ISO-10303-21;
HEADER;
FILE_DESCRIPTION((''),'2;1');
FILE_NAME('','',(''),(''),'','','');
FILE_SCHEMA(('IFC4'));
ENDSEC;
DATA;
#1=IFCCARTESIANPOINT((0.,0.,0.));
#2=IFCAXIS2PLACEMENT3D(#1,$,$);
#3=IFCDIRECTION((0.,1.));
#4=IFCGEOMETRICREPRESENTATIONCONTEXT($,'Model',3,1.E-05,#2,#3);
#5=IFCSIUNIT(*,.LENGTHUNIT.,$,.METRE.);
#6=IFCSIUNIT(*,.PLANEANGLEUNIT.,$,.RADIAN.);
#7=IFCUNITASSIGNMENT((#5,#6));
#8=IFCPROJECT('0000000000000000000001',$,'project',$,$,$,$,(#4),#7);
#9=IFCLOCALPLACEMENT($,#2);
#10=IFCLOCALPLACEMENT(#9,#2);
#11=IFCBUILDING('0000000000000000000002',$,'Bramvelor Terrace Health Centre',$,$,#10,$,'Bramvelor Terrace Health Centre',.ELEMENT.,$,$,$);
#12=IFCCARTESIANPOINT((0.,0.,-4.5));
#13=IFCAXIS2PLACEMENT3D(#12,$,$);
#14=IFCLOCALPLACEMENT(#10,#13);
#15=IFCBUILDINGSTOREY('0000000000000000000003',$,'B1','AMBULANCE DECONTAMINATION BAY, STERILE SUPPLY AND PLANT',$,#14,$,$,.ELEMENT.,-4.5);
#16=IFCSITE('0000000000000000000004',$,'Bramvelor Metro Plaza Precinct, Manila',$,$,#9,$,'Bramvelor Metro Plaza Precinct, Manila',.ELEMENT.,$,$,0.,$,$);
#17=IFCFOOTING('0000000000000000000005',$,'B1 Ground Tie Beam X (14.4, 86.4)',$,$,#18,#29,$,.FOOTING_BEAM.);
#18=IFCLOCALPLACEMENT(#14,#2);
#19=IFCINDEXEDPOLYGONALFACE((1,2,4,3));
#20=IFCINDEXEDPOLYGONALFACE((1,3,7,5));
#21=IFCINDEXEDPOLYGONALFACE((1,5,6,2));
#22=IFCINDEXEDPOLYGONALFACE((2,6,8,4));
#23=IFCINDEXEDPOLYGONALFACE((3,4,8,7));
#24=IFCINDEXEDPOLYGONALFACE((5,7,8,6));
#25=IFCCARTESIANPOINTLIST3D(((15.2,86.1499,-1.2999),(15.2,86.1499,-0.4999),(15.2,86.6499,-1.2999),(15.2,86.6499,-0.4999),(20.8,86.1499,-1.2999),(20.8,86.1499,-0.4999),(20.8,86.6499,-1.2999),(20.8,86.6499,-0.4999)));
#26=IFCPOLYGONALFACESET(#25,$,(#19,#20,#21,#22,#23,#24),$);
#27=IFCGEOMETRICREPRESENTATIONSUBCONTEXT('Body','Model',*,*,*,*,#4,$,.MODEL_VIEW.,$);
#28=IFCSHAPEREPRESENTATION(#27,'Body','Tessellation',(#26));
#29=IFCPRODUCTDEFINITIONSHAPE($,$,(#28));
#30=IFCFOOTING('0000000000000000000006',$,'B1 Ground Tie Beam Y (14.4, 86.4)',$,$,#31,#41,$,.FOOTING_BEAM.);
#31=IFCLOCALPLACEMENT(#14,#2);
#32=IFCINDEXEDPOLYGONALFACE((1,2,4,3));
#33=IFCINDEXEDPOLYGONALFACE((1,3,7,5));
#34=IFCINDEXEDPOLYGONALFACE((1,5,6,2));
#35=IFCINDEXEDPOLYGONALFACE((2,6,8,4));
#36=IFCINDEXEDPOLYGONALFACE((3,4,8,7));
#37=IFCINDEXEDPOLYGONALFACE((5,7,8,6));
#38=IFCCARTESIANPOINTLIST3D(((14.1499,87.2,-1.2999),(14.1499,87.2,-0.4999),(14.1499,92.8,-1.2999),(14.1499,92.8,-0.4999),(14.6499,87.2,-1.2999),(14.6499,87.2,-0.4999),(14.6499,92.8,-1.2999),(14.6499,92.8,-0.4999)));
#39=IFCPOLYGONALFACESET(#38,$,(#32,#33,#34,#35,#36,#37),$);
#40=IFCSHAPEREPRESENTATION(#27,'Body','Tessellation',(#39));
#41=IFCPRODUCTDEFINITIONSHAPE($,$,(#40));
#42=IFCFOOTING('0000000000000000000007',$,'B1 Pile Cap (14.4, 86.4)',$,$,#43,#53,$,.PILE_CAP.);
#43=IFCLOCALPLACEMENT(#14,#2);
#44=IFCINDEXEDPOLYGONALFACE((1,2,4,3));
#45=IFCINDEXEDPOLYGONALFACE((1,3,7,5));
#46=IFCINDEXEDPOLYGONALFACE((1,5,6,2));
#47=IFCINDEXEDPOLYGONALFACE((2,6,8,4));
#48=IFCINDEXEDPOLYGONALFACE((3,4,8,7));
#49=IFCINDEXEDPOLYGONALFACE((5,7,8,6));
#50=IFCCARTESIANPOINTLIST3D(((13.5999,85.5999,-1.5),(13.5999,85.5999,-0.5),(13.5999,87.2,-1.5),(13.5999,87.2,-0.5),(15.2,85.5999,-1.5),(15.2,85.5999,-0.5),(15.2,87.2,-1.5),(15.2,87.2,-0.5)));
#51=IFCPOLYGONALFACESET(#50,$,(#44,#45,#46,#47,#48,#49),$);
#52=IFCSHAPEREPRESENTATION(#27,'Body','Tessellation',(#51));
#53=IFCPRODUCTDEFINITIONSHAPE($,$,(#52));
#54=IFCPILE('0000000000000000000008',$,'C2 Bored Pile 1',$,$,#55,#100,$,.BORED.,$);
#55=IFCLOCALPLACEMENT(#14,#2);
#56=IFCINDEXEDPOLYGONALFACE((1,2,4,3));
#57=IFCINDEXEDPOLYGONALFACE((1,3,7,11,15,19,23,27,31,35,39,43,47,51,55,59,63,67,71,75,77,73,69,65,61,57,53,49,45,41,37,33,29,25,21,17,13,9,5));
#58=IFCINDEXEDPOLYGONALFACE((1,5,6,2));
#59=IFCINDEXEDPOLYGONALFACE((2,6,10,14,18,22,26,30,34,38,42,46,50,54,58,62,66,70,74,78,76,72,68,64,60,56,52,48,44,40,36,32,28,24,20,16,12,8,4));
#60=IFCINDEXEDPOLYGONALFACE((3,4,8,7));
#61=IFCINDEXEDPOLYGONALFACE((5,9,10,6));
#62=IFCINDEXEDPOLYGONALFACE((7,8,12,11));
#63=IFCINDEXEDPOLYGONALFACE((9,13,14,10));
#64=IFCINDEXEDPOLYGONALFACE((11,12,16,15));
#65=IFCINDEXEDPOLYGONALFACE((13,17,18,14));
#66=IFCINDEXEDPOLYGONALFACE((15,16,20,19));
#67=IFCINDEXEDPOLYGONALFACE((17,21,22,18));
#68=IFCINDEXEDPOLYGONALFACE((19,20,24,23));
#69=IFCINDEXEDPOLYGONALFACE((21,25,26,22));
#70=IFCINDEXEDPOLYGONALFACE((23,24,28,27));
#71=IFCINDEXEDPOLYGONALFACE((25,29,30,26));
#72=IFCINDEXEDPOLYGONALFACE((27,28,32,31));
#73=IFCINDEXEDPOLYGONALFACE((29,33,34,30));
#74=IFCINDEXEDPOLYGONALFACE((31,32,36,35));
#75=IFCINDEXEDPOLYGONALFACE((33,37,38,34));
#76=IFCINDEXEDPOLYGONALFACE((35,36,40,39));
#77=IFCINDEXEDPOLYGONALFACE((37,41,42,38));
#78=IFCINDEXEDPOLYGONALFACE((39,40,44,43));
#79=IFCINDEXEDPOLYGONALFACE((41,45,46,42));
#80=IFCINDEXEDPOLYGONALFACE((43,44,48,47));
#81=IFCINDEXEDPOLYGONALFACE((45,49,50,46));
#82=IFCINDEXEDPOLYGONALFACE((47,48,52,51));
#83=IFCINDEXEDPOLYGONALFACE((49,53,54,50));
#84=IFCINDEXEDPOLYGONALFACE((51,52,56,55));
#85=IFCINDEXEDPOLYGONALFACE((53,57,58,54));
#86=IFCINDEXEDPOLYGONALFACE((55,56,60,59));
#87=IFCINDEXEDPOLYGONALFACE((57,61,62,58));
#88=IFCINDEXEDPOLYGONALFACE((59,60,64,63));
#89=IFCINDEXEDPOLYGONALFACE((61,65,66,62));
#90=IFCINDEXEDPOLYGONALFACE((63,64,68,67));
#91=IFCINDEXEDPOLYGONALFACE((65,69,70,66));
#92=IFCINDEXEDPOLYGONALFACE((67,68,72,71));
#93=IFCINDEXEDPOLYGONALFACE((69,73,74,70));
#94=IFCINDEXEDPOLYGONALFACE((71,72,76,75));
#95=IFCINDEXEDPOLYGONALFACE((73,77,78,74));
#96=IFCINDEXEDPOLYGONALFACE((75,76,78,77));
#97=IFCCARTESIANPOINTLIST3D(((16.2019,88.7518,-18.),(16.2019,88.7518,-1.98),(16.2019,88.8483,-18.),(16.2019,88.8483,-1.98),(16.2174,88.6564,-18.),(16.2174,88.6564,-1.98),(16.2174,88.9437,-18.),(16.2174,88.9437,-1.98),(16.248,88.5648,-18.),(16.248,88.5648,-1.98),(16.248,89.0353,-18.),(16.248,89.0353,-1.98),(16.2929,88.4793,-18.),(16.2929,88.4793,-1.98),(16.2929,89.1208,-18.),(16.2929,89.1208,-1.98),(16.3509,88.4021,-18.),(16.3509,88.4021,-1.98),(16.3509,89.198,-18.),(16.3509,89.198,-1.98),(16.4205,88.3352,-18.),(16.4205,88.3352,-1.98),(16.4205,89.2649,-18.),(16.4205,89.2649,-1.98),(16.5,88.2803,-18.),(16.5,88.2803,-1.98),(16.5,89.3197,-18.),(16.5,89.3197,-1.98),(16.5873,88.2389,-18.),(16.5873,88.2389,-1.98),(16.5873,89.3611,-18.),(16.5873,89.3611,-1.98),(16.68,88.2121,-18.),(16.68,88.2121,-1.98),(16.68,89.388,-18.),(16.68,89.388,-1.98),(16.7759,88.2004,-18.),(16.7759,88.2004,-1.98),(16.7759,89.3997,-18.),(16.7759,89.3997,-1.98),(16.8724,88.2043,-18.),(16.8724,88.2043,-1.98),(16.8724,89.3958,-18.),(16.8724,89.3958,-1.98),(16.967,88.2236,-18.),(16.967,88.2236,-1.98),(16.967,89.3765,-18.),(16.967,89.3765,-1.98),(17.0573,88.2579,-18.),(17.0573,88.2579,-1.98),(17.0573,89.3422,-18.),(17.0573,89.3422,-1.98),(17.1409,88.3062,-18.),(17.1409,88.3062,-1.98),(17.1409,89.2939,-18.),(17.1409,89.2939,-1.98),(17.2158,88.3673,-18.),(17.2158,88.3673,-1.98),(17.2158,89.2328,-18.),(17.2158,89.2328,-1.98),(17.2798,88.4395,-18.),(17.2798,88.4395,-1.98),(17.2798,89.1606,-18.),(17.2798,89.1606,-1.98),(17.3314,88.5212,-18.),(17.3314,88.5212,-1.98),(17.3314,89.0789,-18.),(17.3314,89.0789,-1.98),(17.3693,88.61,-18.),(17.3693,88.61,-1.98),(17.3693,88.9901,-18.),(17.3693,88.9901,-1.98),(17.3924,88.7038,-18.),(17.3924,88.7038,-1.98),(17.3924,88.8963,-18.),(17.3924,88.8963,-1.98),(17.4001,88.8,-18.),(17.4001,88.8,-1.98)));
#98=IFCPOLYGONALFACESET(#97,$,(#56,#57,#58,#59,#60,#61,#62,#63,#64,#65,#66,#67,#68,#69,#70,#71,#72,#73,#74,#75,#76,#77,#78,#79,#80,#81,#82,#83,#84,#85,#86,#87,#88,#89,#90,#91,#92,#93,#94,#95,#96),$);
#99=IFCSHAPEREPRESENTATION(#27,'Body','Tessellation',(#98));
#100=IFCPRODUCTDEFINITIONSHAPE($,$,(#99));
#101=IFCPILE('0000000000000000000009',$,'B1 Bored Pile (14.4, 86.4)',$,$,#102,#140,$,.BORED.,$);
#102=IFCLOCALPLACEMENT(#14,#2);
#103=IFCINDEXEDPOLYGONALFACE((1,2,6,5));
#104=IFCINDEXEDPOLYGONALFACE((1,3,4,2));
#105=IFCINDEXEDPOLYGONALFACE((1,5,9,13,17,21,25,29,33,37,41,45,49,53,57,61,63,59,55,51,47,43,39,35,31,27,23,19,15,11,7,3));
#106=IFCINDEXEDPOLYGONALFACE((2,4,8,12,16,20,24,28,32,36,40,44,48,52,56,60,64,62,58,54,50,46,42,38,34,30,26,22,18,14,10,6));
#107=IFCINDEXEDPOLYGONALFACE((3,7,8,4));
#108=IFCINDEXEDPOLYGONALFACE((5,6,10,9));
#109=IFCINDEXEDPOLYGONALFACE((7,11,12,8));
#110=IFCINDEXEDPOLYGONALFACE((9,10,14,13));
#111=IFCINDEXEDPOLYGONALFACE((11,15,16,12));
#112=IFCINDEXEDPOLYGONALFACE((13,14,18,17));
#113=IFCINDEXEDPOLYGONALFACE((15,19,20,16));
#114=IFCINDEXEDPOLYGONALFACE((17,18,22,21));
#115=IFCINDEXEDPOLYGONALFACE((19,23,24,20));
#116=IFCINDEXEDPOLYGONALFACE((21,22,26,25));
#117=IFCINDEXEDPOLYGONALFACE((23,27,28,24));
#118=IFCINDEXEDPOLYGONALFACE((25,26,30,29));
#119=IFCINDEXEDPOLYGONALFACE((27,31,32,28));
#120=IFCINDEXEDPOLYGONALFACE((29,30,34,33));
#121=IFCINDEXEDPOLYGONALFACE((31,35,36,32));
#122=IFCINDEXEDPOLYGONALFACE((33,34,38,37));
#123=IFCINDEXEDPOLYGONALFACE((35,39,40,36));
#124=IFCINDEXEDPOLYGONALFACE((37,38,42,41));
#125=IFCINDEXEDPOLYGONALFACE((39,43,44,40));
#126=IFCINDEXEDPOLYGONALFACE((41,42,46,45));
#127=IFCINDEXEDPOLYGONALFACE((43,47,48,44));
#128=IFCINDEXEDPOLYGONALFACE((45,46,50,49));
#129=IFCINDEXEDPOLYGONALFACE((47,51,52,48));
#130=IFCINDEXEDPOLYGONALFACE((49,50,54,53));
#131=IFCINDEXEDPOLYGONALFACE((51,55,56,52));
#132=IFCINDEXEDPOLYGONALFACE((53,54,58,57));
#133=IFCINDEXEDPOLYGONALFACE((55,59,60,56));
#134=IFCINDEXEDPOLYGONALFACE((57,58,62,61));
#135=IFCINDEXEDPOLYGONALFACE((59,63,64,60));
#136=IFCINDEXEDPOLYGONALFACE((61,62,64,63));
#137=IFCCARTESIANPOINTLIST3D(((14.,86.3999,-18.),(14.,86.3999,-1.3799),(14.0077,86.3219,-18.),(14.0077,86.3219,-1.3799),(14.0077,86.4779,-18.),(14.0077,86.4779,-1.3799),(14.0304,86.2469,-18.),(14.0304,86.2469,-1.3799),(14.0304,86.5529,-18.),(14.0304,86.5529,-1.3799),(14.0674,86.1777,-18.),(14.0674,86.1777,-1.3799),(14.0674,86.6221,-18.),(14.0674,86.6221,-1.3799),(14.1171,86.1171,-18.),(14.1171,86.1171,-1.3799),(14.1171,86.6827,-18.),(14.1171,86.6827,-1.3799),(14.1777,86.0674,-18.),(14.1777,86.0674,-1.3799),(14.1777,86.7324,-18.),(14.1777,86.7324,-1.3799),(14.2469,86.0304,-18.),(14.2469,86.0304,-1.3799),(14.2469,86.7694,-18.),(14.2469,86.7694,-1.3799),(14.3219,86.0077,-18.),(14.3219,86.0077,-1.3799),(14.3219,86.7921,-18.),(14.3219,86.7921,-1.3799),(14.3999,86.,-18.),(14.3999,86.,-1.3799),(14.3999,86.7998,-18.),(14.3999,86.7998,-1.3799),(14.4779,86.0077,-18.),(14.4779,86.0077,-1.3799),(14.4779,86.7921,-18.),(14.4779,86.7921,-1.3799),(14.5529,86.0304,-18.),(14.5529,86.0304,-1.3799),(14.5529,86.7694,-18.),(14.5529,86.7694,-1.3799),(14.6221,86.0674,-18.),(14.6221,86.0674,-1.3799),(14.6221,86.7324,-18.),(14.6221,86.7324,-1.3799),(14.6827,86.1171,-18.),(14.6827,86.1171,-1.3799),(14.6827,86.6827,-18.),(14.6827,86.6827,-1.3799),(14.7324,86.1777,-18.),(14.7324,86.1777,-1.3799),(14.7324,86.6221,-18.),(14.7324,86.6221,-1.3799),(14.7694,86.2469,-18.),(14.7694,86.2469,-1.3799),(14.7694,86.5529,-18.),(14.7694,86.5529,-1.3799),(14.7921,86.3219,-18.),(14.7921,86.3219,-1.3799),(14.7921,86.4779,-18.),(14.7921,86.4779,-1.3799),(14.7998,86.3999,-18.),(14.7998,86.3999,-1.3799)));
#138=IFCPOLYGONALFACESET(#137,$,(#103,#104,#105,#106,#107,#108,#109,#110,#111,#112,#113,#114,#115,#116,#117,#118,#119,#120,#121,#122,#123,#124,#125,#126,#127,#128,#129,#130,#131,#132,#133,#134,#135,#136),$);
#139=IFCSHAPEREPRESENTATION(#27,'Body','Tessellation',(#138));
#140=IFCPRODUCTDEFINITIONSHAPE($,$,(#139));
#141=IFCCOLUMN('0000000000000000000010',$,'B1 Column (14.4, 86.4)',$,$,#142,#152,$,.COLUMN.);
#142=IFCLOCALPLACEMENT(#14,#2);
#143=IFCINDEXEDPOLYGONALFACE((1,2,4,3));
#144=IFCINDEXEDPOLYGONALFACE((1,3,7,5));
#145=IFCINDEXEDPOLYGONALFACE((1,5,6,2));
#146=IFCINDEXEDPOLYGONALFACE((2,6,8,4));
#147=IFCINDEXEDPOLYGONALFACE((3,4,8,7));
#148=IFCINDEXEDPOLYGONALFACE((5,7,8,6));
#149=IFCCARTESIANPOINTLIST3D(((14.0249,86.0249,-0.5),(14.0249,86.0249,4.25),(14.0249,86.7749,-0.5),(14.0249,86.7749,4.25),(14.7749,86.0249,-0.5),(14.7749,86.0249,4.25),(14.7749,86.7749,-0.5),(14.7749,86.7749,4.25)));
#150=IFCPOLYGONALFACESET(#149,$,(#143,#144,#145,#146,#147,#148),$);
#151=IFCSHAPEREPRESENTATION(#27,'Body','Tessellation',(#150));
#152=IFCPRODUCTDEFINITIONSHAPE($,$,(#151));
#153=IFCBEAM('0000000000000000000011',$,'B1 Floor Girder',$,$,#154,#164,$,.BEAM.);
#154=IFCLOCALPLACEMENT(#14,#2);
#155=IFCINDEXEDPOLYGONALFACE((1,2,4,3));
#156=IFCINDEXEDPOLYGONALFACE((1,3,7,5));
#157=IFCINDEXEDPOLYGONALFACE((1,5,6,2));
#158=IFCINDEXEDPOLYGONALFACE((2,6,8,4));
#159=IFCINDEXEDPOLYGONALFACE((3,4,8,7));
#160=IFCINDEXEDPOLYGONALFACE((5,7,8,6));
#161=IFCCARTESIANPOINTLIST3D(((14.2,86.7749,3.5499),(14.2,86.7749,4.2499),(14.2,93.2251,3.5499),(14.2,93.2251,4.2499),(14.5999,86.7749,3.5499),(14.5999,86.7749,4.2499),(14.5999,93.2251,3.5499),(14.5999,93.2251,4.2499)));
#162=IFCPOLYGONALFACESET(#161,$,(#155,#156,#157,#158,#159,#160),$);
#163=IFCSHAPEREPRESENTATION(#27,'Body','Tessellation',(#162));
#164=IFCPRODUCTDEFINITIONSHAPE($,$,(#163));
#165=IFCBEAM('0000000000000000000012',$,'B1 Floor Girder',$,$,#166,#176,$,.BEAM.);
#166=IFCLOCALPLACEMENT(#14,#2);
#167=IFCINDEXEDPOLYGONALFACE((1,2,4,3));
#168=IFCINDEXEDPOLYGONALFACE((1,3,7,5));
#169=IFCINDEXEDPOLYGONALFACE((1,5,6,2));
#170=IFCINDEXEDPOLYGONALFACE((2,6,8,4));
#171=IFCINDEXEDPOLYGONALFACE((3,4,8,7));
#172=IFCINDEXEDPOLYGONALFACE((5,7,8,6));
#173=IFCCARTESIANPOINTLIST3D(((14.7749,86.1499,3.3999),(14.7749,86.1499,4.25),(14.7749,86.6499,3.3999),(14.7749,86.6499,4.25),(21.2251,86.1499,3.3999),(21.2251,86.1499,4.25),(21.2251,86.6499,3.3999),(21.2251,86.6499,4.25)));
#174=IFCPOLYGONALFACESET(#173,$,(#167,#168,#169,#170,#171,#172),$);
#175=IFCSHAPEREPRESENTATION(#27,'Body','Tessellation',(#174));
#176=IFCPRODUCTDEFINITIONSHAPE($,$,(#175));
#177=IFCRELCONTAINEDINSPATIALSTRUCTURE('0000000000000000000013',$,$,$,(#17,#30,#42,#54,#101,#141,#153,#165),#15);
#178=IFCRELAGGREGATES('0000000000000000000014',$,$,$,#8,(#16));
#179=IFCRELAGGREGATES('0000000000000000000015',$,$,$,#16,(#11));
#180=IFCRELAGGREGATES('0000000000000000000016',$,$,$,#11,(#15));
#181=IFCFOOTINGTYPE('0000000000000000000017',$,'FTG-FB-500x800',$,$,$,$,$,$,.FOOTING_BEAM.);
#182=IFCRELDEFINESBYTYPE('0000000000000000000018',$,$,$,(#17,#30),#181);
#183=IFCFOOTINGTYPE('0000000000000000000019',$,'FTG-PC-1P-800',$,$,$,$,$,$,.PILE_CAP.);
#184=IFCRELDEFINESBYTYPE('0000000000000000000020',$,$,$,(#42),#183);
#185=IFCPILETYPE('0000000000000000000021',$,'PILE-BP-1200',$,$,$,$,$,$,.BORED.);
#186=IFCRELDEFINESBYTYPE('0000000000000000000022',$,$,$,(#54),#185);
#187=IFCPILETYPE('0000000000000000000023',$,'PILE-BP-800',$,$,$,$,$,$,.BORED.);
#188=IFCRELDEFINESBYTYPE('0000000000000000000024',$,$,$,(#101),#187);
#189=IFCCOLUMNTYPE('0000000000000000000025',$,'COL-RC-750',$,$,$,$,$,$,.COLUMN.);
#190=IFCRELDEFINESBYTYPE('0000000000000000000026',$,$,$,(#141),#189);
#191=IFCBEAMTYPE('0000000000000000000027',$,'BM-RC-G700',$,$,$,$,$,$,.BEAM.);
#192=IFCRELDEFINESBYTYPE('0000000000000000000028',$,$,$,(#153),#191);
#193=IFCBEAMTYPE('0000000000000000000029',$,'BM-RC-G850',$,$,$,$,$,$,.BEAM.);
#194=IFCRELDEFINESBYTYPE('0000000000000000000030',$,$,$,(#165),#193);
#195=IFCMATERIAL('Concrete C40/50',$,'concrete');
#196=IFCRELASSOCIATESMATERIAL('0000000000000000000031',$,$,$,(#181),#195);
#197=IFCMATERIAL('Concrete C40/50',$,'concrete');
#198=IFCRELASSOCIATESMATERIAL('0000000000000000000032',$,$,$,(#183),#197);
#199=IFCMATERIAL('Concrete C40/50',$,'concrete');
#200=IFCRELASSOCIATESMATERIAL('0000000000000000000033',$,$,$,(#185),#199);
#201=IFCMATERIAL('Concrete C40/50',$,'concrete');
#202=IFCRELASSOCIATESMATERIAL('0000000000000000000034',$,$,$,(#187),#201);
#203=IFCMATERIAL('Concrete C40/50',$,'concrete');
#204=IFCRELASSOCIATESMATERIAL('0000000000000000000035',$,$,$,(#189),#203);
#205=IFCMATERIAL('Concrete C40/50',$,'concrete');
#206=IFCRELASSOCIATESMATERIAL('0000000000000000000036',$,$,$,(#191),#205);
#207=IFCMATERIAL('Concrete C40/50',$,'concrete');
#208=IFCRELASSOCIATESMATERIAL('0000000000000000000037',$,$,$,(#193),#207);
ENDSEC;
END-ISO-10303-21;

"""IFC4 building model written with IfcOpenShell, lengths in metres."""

from ifc_helpers import new_model, si_unit, direction, frame, origin, origin_2d, place, context, subcontext, project, spatial, rectangle, circle, extrude, material, material_profile, profile_set, type_object, element, save


model = new_model("IFC4")

# Units and contexts
model_context = context("Model", 3, precision=1e-05, world=origin(), true_north=direction((0.0, 1.0)))
body_context = subcontext(model_context, "Body", "Model", "MODEL_VIEW")
ifc_project = project(units=[si_unit("LENGTHUNIT", "METRE"), si_unit("PLANEANGLEUNIT", "RADIAN")], contexts=[model_context])

# Site, building, storey
site_placement = place(None, origin())
site = spatial("IfcSite", under=ifc_project, at=site_placement, Name="Bramvelor Metro Plaza Precinct, Manila", LongName="Bramvelor Metro Plaza Precinct, Manila", CompositionType="ELEMENT", RefElevation=0.0)
building_placement = place(site_placement, origin())
building = spatial("IfcBuilding", under=site, at=building_placement, Name="Bramvelor Terrace Health Centre", LongName="Bramvelor Terrace Health Centre", CompositionType="ELEMENT")
storey_placement = place(building_placement, frame((0.0, 0.0, -4.5)))
storey = spatial("IfcBuildingStorey", under=building, at=storey_placement, Name="B1", Description="AMBULANCE DECONTAMINATION BAY, STERILE SUPPLY AND PLANT", CompositionType="ELEMENT", Elevation=-4.5)

# Footings
ifc_material_1 = material(Name="Concrete C40/50", Category="concrete")
ifc_material_profile_1 = material_profile(ifc_material_1, rectangle(XDim=0.5, YDim=0.8, at=origin_2d()), Name="RC 500x800")
ifc_profile_set_1 = profile_set([ifc_material_profile_1], Name="Concrete C40/50")
footing_type_1 = type_object("IfcFootingType", Name="FTG-FB-500x800", PredefinedType="FOOTING_BEAM", material=ifc_profile_set_1)
for number, where, z_axis, x_axis, name in (
    (1, (15.2, 86.3999, -0.8999), (1.0, 0.0, 0.0), (0.0, 1.0, 0.0), "B1 Ground Tie Beam X (14.4, 86.4)"),
    (2, (14.3999, 87.2, -0.8999), (0.0, 1.0, 0.0), (-1.0, 0.0, 0.0), "B1 Ground Tie Beam Y (14.4, 86.4)"),
):
    element("IfcFooting", number, at=place(storey_placement, frame(where, z_axis=z_axis, x_axis=x_axis)), inside=storey, type_object=footing_type_1, Name=name, PredefinedType="FOOTING_BEAM", context=body_context, shape_type="SweptSolid", body=[
        extrude(rectangle(XDim=0.5, YDim=0.8, at=origin_2d()), origin(), (0.0, 0.0, 1.0), 5.6001),
    ])
ifc_material_2 = material(Name="Concrete C40/50", Category="concrete")
footing_type_2 = type_object("IfcFootingType", Name="FTG-PC-1P-800", PredefinedType="PILE_CAP", material=ifc_material_2)
footing_placement = place(storey_placement, frame((14.3999, 86.3999, -1.5), z_axis=(0.0, 0.0, 1.0), x_axis=(1.0, 0.0, 0.0)))
element("IfcFooting", 3, at=footing_placement, inside=storey, type_object=footing_type_2, Name="B1 Pile Cap (14.4, 86.4)", PredefinedType="PILE_CAP", context=body_context, shape_type="SweptSolid", body=[
    extrude(rectangle(XDim=1.6001, YDim=1.6001, at=origin_2d()), origin(), (0.0, 0.0, 1.0), 1.0),
])

# Piles
ifc_material_3 = material(Name="Concrete C40/50", Category="concrete")
ifc_material_profile_2 = material_profile(ifc_material_3, circle(Radius=0.6001, at=origin_2d()), Name="BP D1200")
ifc_profile_set_2 = profile_set([ifc_material_profile_2], Name="Concrete C40/50")
pile_type_1 = type_object("IfcPileType", Name="PILE-BP-1200", PredefinedType="BORED", material=ifc_profile_set_2)
pile_1_placement = place(storey_placement, frame((16.8, 88.8, -1.98), z_axis=(0.0, 0.0, -1.0), x_axis=(1.0, 0.0, 0.0)))
element("IfcPile", 4, at=pile_1_placement, inside=storey, type_object=pile_type_1, Name="C2 Bored Pile 1", PredefinedType="BORED", context=body_context, shape_type="SweptSolid", body=[
    extrude(circle(Radius=0.6001, at=origin_2d()), origin(), (0.0, 0.0, 1.0), 16.02),
])
ifc_material_4 = material(Name="Concrete C40/50", Category="concrete")
ifc_material_profile_3 = material_profile(ifc_material_4, circle(Radius=0.3999, at=origin_2d()), Name="BP D800")
ifc_profile_set_3 = profile_set([ifc_material_profile_3], Name="Concrete C40/50")
pile_type_2 = type_object("IfcPileType", Name="PILE-BP-800", PredefinedType="BORED", material=ifc_profile_set_3)
pile_2_placement = place(storey_placement, frame((14.3999, 86.3999, -1.3799), z_axis=(0.0, 0.0, -1.0), x_axis=(1.0, 0.0, 0.0)))
element("IfcPile", 5, at=pile_2_placement, inside=storey, type_object=pile_type_2, Name="B1 Bored Pile (14.4, 86.4)", PredefinedType="BORED", context=body_context, shape_type="SweptSolid", body=[
    extrude(circle(Radius=0.3999, at=origin_2d()), origin(), (0.0, 0.0, 1.0), 16.6201),
])

# Column
ifc_material_5 = material(Name="Concrete C40/50", Category="concrete")
ifc_material_profile_4 = material_profile(ifc_material_5, rectangle(XDim=0.75, YDim=0.75, at=origin_2d()), Name="RC 750x750")
ifc_profile_set_4 = profile_set([ifc_material_profile_4], Name="Concrete C40/50")
column_type = type_object("IfcColumnType", Name="COL-RC-750", PredefinedType="COLUMN", material=ifc_profile_set_4)
column_placement = place(storey_placement, frame((14.3999, 86.3999, -0.5), z_axis=(0.0, 0.0, 1.0), x_axis=(1.0, 0.0, 0.0)))
element("IfcColumn", 6, at=column_placement, inside=storey, type_object=column_type, Name="B1 Column (14.4, 86.4)", PredefinedType="COLUMN", context=body_context, shape_type="SweptSolid", body=[
    extrude(rectangle(XDim=0.75, YDim=0.75, at=origin_2d()), origin(), (0.0, 0.0, 1.0), 4.75),
])

# Beams
ifc_material_6 = material(Name="Concrete C40/50", Category="concrete")
ifc_material_profile_5 = material_profile(ifc_material_6, rectangle(XDim=0.3999, YDim=0.7, at=origin_2d()), Name="RC 400x700")
ifc_profile_set_5 = profile_set([ifc_material_profile_5], Name="Concrete C40/50")
beam_type_1 = type_object("IfcBeamType", Name="BM-RC-G700", PredefinedType="BEAM", material=ifc_profile_set_5)
beam_1_placement = place(storey_placement, frame((14.3999, 86.7749, 3.8999), z_axis=(0.0, 1.0, 0.0), x_axis=(-1.0, 0.0, 0.0)))
element("IfcBeam", 7, at=beam_1_placement, inside=storey, type_object=beam_type_1, Name="B1 Floor Girder", PredefinedType="BEAM", context=body_context, shape_type="SweptSolid", body=[
    extrude(rectangle(XDim=0.3999, YDim=0.7, at=origin_2d()), origin(), (0.0, 0.0, 1.0), 6.4502),
])
ifc_material_7 = material(Name="Concrete C40/50", Category="concrete")
ifc_material_profile_6 = material_profile(ifc_material_7, rectangle(XDim=0.5, YDim=0.8501, at=origin_2d()), Name="RC 500x850")
ifc_profile_set_6 = profile_set([ifc_material_profile_6], Name="Concrete C40/50")
beam_type_2 = type_object("IfcBeamType", Name="BM-RC-G850", PredefinedType="BEAM", material=ifc_profile_set_6)
beam_2_placement = place(storey_placement, frame((14.7749, 86.3999, 3.825), z_axis=(1.0, 0.0, 0.0), x_axis=(0.0, 1.0, 0.0)))
element("IfcBeam", 8, at=beam_2_placement, inside=storey, type_object=beam_type_2, Name="B1 Floor Girder", PredefinedType="BEAM", context=body_context, shape_type="SweptSolid", body=[
    extrude(rectangle(XDim=0.5, YDim=0.8501, at=origin_2d()), origin(), (0.0, 0.0, 1.0), 6.4502),
])

save(model, "model.ifc")
